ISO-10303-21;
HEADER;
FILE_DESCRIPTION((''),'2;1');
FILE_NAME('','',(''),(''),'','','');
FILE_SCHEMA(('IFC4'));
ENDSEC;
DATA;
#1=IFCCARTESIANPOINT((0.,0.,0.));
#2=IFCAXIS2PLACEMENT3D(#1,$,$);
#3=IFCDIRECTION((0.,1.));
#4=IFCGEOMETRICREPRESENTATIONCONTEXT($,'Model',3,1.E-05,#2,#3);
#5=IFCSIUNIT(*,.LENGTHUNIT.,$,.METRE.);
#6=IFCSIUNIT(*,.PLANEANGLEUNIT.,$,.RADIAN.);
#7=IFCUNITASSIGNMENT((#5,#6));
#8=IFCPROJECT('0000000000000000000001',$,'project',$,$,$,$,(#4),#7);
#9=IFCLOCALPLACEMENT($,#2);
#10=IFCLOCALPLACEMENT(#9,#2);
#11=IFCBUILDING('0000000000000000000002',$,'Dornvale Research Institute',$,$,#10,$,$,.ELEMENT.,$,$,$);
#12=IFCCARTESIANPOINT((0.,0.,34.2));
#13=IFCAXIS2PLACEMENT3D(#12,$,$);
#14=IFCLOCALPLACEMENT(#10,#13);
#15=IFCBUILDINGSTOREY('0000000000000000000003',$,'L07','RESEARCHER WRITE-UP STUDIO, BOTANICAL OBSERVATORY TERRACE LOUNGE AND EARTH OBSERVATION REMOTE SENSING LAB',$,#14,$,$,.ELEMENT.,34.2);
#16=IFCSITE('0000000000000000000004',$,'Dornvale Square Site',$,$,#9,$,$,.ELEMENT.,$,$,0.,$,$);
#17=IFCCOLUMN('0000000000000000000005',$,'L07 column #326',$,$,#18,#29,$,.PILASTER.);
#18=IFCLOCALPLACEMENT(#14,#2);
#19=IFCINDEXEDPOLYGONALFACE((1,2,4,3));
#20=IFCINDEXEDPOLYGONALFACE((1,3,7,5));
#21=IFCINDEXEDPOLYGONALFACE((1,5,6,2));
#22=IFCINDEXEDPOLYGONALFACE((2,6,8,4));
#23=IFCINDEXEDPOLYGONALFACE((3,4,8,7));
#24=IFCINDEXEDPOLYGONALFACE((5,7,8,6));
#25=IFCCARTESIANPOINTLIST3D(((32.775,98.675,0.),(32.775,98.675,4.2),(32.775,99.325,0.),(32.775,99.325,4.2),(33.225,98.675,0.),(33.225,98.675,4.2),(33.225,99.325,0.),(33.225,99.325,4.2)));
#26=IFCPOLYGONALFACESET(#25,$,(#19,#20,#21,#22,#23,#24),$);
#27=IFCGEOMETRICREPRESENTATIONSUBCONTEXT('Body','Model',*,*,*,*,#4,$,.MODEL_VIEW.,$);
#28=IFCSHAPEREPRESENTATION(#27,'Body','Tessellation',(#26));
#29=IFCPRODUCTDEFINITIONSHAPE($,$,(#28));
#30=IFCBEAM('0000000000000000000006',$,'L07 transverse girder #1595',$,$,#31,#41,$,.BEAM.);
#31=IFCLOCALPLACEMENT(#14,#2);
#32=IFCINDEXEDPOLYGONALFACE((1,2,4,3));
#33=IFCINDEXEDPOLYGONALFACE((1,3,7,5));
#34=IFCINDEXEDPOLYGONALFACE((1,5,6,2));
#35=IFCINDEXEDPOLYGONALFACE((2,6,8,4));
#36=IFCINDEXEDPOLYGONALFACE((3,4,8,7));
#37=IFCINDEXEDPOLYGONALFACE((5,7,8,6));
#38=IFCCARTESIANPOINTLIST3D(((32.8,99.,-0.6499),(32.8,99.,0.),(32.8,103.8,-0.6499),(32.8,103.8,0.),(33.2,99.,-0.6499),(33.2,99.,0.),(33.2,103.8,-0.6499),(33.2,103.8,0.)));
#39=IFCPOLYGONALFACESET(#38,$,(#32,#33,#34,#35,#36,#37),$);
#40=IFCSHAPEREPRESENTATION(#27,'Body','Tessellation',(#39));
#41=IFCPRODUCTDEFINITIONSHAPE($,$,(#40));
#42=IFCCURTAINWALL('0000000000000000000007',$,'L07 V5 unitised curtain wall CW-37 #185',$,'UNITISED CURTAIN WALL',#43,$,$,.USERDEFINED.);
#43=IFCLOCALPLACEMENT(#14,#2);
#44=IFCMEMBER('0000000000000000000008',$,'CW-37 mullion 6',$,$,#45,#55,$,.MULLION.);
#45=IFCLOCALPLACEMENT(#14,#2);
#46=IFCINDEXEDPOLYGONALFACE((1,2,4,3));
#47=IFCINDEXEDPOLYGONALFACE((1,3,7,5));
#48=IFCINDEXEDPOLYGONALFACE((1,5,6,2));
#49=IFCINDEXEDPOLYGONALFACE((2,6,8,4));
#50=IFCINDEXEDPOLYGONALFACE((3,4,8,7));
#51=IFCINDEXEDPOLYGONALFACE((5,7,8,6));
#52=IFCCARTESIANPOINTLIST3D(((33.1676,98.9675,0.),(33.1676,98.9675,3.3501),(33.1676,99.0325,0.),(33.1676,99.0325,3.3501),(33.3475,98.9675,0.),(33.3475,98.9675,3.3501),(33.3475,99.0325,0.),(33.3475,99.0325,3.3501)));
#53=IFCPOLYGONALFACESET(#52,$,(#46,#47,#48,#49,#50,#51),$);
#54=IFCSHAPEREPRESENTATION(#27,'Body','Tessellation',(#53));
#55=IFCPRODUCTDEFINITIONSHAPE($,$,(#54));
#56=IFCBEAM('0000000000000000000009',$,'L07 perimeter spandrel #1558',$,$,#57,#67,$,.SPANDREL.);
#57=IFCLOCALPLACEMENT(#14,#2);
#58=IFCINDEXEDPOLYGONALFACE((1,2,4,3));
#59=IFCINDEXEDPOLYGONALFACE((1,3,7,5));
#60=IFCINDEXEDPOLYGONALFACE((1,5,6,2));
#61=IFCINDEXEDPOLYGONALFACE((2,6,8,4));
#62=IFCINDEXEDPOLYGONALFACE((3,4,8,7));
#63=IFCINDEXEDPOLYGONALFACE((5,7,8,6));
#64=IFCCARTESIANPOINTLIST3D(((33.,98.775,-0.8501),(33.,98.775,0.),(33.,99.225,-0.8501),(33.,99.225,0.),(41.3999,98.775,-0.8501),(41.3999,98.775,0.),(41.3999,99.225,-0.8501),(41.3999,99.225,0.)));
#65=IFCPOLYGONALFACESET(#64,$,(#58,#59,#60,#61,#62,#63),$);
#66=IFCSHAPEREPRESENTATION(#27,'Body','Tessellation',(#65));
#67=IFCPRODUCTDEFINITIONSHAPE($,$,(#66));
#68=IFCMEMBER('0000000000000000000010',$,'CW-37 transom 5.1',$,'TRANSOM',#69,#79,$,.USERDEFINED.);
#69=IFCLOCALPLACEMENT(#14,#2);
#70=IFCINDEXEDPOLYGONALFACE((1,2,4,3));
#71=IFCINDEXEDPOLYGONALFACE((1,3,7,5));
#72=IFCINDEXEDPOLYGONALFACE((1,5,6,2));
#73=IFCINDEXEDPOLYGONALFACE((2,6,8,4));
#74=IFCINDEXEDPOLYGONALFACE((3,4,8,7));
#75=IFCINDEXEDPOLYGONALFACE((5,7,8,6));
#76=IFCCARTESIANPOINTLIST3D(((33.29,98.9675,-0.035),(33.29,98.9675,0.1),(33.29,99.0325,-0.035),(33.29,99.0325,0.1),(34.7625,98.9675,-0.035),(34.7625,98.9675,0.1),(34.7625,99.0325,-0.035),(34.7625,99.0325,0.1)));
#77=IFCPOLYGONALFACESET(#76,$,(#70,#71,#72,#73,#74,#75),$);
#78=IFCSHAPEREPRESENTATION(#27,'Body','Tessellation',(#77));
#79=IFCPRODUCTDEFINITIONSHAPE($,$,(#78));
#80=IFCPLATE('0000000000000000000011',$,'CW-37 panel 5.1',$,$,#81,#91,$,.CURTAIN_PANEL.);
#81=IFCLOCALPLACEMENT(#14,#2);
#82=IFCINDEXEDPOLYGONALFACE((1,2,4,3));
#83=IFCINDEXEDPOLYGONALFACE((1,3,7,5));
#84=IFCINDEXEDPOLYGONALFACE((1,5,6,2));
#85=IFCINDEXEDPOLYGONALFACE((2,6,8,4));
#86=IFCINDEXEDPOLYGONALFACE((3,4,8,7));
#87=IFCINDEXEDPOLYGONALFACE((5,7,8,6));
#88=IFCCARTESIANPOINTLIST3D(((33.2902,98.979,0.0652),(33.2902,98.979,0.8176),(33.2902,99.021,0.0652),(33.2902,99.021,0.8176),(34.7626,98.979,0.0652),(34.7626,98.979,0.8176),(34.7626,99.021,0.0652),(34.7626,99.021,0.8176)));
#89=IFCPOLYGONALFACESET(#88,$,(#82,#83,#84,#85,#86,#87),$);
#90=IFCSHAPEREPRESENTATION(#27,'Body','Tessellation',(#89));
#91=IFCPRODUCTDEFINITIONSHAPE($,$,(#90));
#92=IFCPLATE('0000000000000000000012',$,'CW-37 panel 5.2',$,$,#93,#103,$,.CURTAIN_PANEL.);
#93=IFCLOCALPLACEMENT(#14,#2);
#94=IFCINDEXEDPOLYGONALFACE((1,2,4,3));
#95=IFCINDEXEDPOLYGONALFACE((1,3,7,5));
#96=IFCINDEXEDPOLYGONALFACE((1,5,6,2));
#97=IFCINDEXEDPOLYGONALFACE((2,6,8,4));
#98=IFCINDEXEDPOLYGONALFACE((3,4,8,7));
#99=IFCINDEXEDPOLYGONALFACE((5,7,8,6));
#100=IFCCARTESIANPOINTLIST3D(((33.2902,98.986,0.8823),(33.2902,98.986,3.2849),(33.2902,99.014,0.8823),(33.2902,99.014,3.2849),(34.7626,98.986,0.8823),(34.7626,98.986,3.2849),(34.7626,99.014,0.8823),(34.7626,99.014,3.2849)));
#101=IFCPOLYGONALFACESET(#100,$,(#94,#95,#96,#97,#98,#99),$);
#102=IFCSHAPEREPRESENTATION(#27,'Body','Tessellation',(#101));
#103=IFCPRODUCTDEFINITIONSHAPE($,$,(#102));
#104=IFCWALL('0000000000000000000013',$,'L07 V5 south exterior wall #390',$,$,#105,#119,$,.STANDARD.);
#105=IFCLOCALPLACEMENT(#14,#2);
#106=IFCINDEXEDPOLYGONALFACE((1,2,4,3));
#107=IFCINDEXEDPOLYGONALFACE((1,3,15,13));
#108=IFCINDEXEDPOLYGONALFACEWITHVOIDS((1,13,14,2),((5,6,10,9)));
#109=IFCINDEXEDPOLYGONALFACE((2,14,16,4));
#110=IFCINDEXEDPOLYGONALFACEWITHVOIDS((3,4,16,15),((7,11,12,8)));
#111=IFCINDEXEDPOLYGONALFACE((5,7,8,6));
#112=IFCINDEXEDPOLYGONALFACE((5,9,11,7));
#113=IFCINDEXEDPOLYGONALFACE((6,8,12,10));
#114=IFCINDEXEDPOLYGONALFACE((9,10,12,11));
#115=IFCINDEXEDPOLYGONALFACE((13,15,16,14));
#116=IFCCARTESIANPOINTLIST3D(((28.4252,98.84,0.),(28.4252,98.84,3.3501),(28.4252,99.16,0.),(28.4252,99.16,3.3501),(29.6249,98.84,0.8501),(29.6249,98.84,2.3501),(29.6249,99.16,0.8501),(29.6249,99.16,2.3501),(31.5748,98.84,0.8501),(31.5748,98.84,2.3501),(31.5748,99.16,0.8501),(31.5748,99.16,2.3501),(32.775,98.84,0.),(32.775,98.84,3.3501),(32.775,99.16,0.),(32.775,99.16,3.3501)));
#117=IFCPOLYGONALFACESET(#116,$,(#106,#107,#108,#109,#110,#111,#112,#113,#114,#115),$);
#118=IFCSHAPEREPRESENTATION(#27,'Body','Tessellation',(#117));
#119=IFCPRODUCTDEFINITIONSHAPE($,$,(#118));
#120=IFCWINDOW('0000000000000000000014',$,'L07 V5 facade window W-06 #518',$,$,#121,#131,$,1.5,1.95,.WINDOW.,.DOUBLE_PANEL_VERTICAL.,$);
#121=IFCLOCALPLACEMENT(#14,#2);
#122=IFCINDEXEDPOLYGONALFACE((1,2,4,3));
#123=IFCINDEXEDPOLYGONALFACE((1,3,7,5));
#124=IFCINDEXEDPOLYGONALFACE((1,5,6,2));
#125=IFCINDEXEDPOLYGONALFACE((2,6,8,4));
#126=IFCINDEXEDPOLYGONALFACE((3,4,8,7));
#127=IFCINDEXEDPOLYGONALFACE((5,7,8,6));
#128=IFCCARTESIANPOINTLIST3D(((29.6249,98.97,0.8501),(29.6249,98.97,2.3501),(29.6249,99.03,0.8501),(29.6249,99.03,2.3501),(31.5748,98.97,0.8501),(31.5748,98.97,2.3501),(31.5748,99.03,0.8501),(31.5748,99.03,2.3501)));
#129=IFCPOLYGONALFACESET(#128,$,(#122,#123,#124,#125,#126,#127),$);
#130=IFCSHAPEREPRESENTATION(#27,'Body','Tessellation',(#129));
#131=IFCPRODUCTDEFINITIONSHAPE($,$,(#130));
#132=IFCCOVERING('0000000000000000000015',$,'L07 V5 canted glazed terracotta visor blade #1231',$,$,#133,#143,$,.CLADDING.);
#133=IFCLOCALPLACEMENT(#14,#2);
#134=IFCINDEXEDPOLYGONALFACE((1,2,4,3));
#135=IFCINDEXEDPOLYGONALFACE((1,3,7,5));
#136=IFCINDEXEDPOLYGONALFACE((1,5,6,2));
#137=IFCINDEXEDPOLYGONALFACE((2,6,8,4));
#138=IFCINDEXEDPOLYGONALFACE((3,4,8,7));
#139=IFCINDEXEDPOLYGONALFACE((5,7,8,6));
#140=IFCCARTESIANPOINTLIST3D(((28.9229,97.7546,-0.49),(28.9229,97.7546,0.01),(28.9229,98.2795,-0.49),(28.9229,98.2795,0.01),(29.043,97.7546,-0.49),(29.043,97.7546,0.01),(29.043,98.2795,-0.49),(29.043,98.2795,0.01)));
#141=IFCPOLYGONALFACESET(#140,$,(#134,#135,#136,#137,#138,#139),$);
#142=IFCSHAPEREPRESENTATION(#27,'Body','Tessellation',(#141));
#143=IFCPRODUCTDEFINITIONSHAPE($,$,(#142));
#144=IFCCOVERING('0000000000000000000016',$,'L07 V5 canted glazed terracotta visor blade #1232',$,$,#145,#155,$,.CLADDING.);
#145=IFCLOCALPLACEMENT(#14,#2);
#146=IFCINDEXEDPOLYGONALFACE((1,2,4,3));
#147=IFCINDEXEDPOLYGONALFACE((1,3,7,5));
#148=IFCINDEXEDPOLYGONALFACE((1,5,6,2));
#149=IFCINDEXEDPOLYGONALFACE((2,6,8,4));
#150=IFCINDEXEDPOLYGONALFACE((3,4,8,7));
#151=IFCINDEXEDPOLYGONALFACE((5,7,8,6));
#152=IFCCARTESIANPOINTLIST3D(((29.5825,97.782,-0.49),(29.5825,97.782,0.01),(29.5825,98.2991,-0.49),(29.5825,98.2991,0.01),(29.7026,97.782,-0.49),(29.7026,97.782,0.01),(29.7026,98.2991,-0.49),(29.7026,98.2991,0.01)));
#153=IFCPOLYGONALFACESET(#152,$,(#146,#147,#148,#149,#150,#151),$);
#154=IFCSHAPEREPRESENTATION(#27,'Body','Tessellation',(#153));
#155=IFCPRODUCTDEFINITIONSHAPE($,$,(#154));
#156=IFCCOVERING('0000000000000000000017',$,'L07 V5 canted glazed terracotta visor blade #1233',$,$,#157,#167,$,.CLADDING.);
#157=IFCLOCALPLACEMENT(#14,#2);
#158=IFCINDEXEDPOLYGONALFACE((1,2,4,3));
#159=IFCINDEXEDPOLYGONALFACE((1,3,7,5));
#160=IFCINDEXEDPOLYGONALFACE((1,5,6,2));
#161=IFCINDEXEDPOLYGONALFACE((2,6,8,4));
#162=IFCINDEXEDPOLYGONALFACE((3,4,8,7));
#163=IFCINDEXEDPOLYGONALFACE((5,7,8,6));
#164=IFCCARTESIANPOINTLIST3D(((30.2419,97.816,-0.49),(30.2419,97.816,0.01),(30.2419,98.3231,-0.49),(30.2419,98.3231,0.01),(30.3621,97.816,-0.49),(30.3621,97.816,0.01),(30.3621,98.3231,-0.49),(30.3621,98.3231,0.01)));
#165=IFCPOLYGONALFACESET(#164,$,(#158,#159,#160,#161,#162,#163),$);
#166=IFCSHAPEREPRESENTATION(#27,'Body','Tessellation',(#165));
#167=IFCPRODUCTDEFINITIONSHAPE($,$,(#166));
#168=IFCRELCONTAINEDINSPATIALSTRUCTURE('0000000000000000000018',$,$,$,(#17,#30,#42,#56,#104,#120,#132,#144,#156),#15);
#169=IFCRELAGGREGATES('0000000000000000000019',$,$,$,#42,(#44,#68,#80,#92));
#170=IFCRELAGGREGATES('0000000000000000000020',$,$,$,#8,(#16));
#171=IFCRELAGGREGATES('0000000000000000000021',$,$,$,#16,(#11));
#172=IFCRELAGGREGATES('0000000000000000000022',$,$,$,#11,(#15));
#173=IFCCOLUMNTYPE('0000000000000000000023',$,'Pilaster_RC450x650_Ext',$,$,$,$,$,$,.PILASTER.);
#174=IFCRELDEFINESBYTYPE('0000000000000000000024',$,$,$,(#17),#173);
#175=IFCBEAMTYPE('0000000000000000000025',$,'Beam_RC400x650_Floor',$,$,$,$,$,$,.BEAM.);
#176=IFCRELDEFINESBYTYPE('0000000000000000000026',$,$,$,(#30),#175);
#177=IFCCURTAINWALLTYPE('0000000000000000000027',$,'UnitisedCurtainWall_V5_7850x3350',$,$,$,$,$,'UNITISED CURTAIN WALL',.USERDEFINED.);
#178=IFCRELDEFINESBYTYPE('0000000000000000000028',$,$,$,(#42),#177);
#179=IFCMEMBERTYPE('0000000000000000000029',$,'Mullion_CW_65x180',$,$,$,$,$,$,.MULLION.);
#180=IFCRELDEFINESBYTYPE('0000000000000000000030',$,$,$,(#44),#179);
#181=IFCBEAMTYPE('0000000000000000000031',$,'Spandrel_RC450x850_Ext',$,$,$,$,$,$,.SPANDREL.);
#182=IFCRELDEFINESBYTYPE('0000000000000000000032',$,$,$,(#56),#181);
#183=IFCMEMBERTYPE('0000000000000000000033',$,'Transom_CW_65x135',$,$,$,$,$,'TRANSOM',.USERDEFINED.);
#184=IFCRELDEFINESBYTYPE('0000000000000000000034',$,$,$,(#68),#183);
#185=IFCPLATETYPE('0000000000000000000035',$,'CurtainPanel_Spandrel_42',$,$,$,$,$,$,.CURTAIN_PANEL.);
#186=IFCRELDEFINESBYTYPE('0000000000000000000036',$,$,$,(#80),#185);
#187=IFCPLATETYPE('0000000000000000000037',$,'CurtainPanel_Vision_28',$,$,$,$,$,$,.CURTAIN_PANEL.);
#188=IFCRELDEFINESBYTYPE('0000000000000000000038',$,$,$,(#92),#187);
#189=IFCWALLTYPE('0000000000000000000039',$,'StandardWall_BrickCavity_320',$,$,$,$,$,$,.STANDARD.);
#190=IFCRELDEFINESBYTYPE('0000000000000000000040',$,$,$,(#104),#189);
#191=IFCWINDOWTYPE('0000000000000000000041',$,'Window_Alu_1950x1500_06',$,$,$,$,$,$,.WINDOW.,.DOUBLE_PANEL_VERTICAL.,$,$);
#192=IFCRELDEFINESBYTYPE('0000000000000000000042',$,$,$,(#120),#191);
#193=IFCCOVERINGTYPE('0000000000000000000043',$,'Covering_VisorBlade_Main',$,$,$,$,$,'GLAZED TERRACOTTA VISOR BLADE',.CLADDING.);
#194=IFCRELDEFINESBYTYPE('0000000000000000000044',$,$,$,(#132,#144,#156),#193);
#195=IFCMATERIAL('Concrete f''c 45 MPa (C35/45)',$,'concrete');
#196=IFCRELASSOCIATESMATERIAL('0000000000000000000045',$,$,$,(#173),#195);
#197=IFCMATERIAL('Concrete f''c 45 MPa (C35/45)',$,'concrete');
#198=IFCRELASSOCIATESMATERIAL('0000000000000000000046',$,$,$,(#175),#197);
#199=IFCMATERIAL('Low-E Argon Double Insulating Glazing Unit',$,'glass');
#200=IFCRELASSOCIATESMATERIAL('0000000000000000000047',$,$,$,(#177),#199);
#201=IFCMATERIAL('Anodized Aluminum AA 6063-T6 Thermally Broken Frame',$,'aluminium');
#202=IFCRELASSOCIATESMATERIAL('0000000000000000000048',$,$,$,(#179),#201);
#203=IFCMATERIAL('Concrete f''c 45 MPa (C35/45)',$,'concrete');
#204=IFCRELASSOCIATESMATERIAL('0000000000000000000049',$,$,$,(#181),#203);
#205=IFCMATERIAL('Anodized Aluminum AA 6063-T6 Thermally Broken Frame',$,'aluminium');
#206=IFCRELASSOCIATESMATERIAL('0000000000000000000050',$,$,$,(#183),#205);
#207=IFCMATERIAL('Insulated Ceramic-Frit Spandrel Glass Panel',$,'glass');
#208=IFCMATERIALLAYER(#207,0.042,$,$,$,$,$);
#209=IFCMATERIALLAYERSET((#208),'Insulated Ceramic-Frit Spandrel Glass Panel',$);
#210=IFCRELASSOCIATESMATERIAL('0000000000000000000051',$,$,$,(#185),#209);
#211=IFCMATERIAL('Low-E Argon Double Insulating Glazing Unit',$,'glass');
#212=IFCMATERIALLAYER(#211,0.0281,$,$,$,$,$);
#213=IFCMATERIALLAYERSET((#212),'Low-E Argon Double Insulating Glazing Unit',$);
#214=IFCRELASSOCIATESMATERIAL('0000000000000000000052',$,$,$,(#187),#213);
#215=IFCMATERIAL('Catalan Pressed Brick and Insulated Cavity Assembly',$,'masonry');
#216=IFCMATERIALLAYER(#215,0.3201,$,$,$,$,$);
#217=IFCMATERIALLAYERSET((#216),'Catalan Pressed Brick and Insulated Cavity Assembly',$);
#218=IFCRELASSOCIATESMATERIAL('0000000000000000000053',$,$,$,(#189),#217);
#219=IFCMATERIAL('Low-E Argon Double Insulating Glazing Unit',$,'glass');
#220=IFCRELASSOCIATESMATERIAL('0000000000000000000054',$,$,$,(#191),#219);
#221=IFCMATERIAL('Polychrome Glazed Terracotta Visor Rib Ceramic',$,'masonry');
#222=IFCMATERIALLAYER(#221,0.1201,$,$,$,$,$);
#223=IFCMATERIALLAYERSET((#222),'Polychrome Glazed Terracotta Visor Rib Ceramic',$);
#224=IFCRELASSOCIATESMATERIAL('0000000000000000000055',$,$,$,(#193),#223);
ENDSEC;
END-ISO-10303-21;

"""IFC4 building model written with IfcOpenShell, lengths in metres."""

from ifc_helpers import new_model, si_unit, direction, frame, frame_2d, origin, origin_2d, place, context, subcontext, project, spatial, rectangle, extrude, material, layer, layer_set, material_profile, profile_set, type_object, element, fill, aggregate, save


model = new_model("IFC4")

# Units and contexts
model_context = context("Model", 3, precision=1e-05, world=origin(), true_north=direction((0.0, 1.0)))
body_context = subcontext(model_context, "Body", "Model", "MODEL_VIEW")
ifc_project = project(units=[si_unit("LENGTHUNIT", "METRE"), si_unit("PLANEANGLEUNIT", "RADIAN")], contexts=[model_context])

# Site, building, storey
site_placement = place(None, origin())
site = spatial("IfcSite", under=ifc_project, at=site_placement, Name="Dornvale Square Site", CompositionType="ELEMENT", RefElevation=0.0)
building_placement = place(site_placement, origin())
building = spatial("IfcBuilding", under=site, at=building_placement, Name="Dornvale Research Institute", CompositionType="ELEMENT")
storey_placement = place(building_placement, frame((0.0, 0.0, 34.2)))
storey = spatial("IfcBuildingStorey", under=building, at=storey_placement, Name="L07", Description="RESEARCHER WRITE-UP STUDIO, BOTANICAL OBSERVATORY TERRACE LOUNGE AND EARTH OBSERVATION REMOTE SENSING LAB", CompositionType="ELEMENT", Elevation=34.2)

# Column
ifc_material_1 = material(Name="Concrete f'c 45 MPa (C35/45)", Category="concrete")
ifc_material_profile_1 = material_profile(ifc_material_1, rectangle(XDim=0.45, YDim=0.6499, at=origin_2d()), Name="RC 450x650")
ifc_profile_set_1 = profile_set([ifc_material_profile_1], Name="Concrete f'c 45 MPa (C35/45)")
column_type = type_object("IfcColumnType", Name="Pilaster_RC450x650_Ext", PredefinedType="PILASTER", material=ifc_profile_set_1)
column_placement = place(storey_placement, frame((33.0, 99.0, 0.0), z_axis=(0.0, 0.0, 1.0), x_axis=(1.0, 0.0, 0.0)))
element("IfcColumn", 1, at=column_placement, inside=storey, type_object=column_type, Name="L07 column #326", PredefinedType="PILASTER", context=body_context, shape_type="SweptSolid", body=[
    extrude(rectangle(XDim=0.45, YDim=0.6499, at=origin_2d()), origin(), (0.0, 0.0, 1.0), 4.2),
])

# Beam
ifc_material_2 = material(Name="Concrete f'c 45 MPa (C35/45)", Category="concrete")
ifc_material_profile_2 = material_profile(ifc_material_2, rectangle(XDim=0.3999, YDim=0.6499, at=origin_2d()), Name="RC 400x650")
ifc_profile_set_2 = profile_set([ifc_material_profile_2], Name="Concrete f'c 45 MPa (C35/45)")
beam_type_1 = type_object("IfcBeamType", Name="Beam_RC400x650_Floor", PredefinedType="BEAM", material=ifc_profile_set_2)
beam_1_placement = place(storey_placement, frame((33.0, 99.0, -0.325), z_axis=(0.0, 1.0, 0.0), x_axis=(-1.0, 0.0, 0.0)))
element("IfcBeam", 2, at=beam_1_placement, inside=storey, type_object=beam_type_1, Name="L07 transverse girder #1595", PredefinedType="BEAM", context=body_context, shape_type="SweptSolid", body=[
    extrude(rectangle(XDim=0.3999, YDim=0.6499, at=origin_2d()), origin(), (0.0, 0.0, 1.0), 4.8),
])

# Curtain wall, member
ifc_material_3 = material(Name="Low-E Argon Double Insulating Glazing Unit", Category="glass")
curtain_wall_type = type_object("IfcCurtainWallType", Name="UnitisedCurtainWall_V5_7850x3350", ElementType="UNITISED CURTAIN WALL", PredefinedType="USERDEFINED", material=ifc_material_3)
curtain_wall_placement = place(storey_placement, origin())
curtain_wall = element("IfcCurtainWall", 3, at=curtain_wall_placement, inside=storey, type_object=curtain_wall_type, Name="L07 V5 unitised curtain wall CW-37 #185", ObjectType="UNITISED CURTAIN WALL", PredefinedType="USERDEFINED")
ifc_material_4 = material(Name="Anodized Aluminum AA 6063-T6 Thermally Broken Frame", Category="aluminium")
ifc_material_profile_3 = material_profile(ifc_material_4, rectangle(XDim=0.0649, YDim=0.1799, at=origin_2d()), Name="ALU MULLION 65x180")
ifc_profile_set_3 = profile_set([ifc_material_profile_3], Name="Anodized Aluminum AA 6063-T6 Thermally Broken Frame")
member_type_1 = type_object("IfcMemberType", Name="Mullion_CW_65x180", PredefinedType="MULLION", material=ifc_profile_set_3)
member_1_placement = place(storey_placement, frame((33.2576, 99.0, 0.0), z_axis=(0.0, 0.0, 1.0), x_axis=(0.0, -1.0, 0.0)))
member_1 = element("IfcMember", 4, at=member_1_placement, type_object=member_type_1, Name="CW-37 mullion 6", PredefinedType="MULLION", context=body_context, shape_type="SweptSolid", body=[
    extrude(rectangle(XDim=0.0649, YDim=0.1799, at=origin_2d()), origin(), (0.0, 0.0, 1.0), 3.3501),
])

# Beam
ifc_material_5 = material(Name="Concrete f'c 45 MPa (C35/45)", Category="concrete")
ifc_material_profile_4 = material_profile(ifc_material_5, rectangle(XDim=0.45, YDim=0.8501, at=origin_2d()), Name="RC 450x850")
ifc_profile_set_4 = profile_set([ifc_material_profile_4], Name="Concrete f'c 45 MPa (C35/45)")
beam_type_2 = type_object("IfcBeamType", Name="Spandrel_RC450x850_Ext", PredefinedType="SPANDREL", material=ifc_profile_set_4)
beam_2_placement = place(storey_placement, frame((33.0, 99.0, -0.425), z_axis=(1.0, 0.0, 0.0), x_axis=(0.0, 1.0, 0.0)))
element("IfcBeam", 5, at=beam_2_placement, inside=storey, type_object=beam_type_2, Name="L07 perimeter spandrel #1558", PredefinedType="SPANDREL", context=body_context, shape_type="SweptSolid", body=[
    extrude(rectangle(XDim=0.45, YDim=0.8501, at=origin_2d()), origin(), (0.0, 0.0, 1.0), 8.3999),
])

# Member
ifc_material_6 = material(Name="Anodized Aluminum AA 6063-T6 Thermally Broken Frame", Category="aluminium")
ifc_material_profile_5 = material_profile(ifc_material_6, rectangle(XDim=0.0649, YDim=0.135, at=origin_2d()), Name="ALU TRANSOM 65x135")
ifc_profile_set_5 = profile_set([ifc_material_profile_5], Name="Anodized Aluminum AA 6063-T6 Thermally Broken Frame")
member_type_2 = type_object("IfcMemberType", Name="Transom_CW_65x135", ElementType="TRANSOM", PredefinedType="USERDEFINED", material=ifc_profile_set_5)
member_2_placement = place(storey_placement, frame((34.7625, 99.0, 0.0325), z_axis=(-1.0, 0.0, 0.0), x_axis=(0.0, -1.0, 0.0)))
member_2 = element("IfcMember", 6, at=member_2_placement, type_object=member_type_2, Name="CW-37 transom 5.1", ObjectType="TRANSOM", PredefinedType="USERDEFINED", context=body_context, shape_type="SweptSolid", body=[
    extrude(rectangle(XDim=0.0649, YDim=0.135, at=origin_2d()), origin(), (0.0, 0.0, 1.0), 1.4724),
])

# Plates
ifc_material_7 = material(Name="Insulated Ceramic-Frit Spandrel Glass Panel", Category="glass")
ifc_layer_1 = layer(ifc_material_7, 0.042)
ifc_layer_set_1 = layer_set([ifc_layer_1], Name="Insulated Ceramic-Frit Spandrel Glass Panel")
plate_type_1 = type_object("IfcPlateType", Name="CurtainPanel_Spandrel_42", PredefinedType="CURTAIN_PANEL", material=ifc_layer_set_1)
plate_1_placement = place(storey_placement, frame((34.0264, 99.0, 0.0652), z_axis=(0.0, 0.0, 1.0), x_axis=(-1.0, 0.0, 0.0)))
plate_1 = element("IfcPlate", 7, at=plate_1_placement, type_object=plate_type_1, Name="CW-37 panel 5.1", PredefinedType="CURTAIN_PANEL", context=body_context, shape_type="SweptSolid", body=[
    extrude(rectangle(XDim=1.4724, YDim=0.042, at=origin_2d()), origin(), (0.0, 0.0, 1.0), 0.7524),
])
ifc_material_8 = material(Name="Low-E Argon Double Insulating Glazing Unit", Category="glass")
ifc_layer_2 = layer(ifc_material_8, 0.0281)
ifc_layer_set_2 = layer_set([ifc_layer_2], Name="Low-E Argon Double Insulating Glazing Unit")
plate_type_2 = type_object("IfcPlateType", Name="CurtainPanel_Vision_28", PredefinedType="CURTAIN_PANEL", material=ifc_layer_set_2)
plate_2_placement = place(storey_placement, frame((34.0264, 99.0, 0.8823), z_axis=(0.0, 0.0, 1.0), x_axis=(-1.0, 0.0, 0.0)))
plate_2 = element("IfcPlate", 8, at=plate_2_placement, type_object=plate_type_2, Name="CW-37 panel 5.2", PredefinedType="CURTAIN_PANEL", context=body_context, shape_type="SweptSolid", body=[
    extrude(rectangle(XDim=1.4724, YDim=0.0281, at=origin_2d()), origin(), (0.0, 0.0, 1.0), 2.4026),
])
aggregate(curtain_wall, [member_1, member_2, plate_1, plate_2])

# Wall, opening, window
ifc_material_9 = material(Name="Catalan Pressed Brick and Insulated Cavity Assembly", Category="masonry")
ifc_layer_3 = layer(ifc_material_9, 0.3201)
ifc_layer_set_3 = layer_set([ifc_layer_3], Name="Catalan Pressed Brick and Insulated Cavity Assembly")
wall_type = type_object("IfcWallType", Name="StandardWall_BrickCavity_320", PredefinedType="STANDARD", material=ifc_layer_set_3)
wall_placement = place(storey_placement, frame((32.7749, 99.0, 0.0), z_axis=(0.0, 0.0, 1.0), x_axis=(-1.0, 0.0, 0.0)))
wall = element("IfcWall", 9, at=wall_placement, inside=storey, type_object=wall_type, Name="L07 V5 south exterior wall #390", PredefinedType="STANDARD", context=body_context, shape_type="SweptSolid", body=[
    extrude(rectangle(XDim=4.3499, YDim=0.3201, at=frame_2d((2.1748, 0.0))), origin(), (0.0, 0.0, 1.0), 3.3501),
])
opening_placement = place(wall_placement, frame((1.2, 0.0, 0.8501)))
opening = element("IfcOpeningElement", 10, at=opening_placement, cuts=wall, PredefinedType="OPENING", context=body_context, shape_type="SweptSolid", body=[
    extrude(rectangle(XDim=1.95, YDim=1.5, at=frame_2d((0.9751, 0.75))), frame((0.0, 0.175, 0.0), z_axis=(0.0, -1.0, 0.0), x_axis=(1.0, 0.0, 0.0)), (0.0, 0.0, 1.0), 0.3501),
])
ifc_material_10 = material(Name="Low-E Argon Double Insulating Glazing Unit", Category="glass")
window_type = type_object("IfcWindowType", Name="Window_Alu_1950x1500_06", PartitioningType="DOUBLE_PANEL_VERTICAL", PredefinedType="WINDOW", material=ifc_material_10)
window_placement = place(opening_placement, origin())
window = element("IfcWindow", 11, at=window_placement, inside=storey, type_object=window_type, Name="L07 V5 facade window W-06 #518", OverallHeight=1.5, OverallWidth=1.95, PartitioningType="DOUBLE_PANEL_VERTICAL", PredefinedType="WINDOW", context=body_context, shape_type="SweptSolid", body=[
    extrude(rectangle(XDim=1.95, YDim=1.5, at=frame_2d((0.9751, 0.75))), frame((0.0, 0.03, 0.0), z_axis=(0.0, -1.0, 0.0), x_axis=(1.0, 0.0, 0.0)), (0.0, 0.0, 1.0), 0.0601),
])
fill(opening, window)

# Coverings
ifc_material_11 = material(Name="Polychrome Glazed Terracotta Visor Rib Ceramic", Category="masonry")
ifc_layer_4 = layer(ifc_material_11, 0.1201)
ifc_layer_set_4 = layer_set([ifc_layer_4], Name="Polychrome Glazed Terracotta Visor Rib Ceramic")
covering_type = type_object("IfcCoveringType", Name="Covering_VisorBlade_Main", ElementType="GLAZED TERRACOTTA VISOR BLADE", PredefinedType="CLADDING", material=ifc_layer_set_4)
covering_1_placement = place(storey_placement, frame((28.9829, 98.0171, -0.49), z_axis=(0.0, 0.0, 1.0), x_axis=(0.0, 1.0, 0.0)))
element("IfcCovering", 12, at=covering_1_placement, inside=storey, type_object=covering_type, Name="L07 V5 canted glazed terracotta visor blade #1231", PredefinedType="CLADDING", context=body_context, shape_type="SweptSolid", body=[
    extrude(rectangle(XDim=0.5249, YDim=0.1201, at=origin_2d()), origin(), (0.0, 0.0, 1.0), 0.5),
])
covering_2_placement = place(storey_placement, frame((29.6426, 98.0405, -0.49), z_axis=(0.0, 0.0, 1.0), x_axis=(0.0, 1.0, 0.0)))
element("IfcCovering", 13, at=covering_2_placement, inside=storey, type_object=covering_type, Name="L07 V5 canted glazed terracotta visor blade #1232", PredefinedType="CLADDING", context=body_context, shape_type="SweptSolid", body=[
    extrude(rectangle(XDim=0.5171, YDim=0.1201, at=origin_2d()), origin(), (0.0, 0.0, 1.0), 0.5),
])
covering_3_placement = place(storey_placement, frame((30.302, 98.0696, -0.49), z_axis=(0.0, 0.0, 1.0), x_axis=(0.0, 1.0, 0.0)))
element("IfcCovering", 14, at=covering_3_placement, inside=storey, type_object=covering_type, Name="L07 V5 canted glazed terracotta visor blade #1233", PredefinedType="CLADDING", context=body_context, shape_type="SweptSolid", body=[
    extrude(rectangle(XDim=0.5071, YDim=0.1201, at=origin_2d()), origin(), (0.0, 0.0, 1.0), 0.5),
])

save(model, "model.ifc")
